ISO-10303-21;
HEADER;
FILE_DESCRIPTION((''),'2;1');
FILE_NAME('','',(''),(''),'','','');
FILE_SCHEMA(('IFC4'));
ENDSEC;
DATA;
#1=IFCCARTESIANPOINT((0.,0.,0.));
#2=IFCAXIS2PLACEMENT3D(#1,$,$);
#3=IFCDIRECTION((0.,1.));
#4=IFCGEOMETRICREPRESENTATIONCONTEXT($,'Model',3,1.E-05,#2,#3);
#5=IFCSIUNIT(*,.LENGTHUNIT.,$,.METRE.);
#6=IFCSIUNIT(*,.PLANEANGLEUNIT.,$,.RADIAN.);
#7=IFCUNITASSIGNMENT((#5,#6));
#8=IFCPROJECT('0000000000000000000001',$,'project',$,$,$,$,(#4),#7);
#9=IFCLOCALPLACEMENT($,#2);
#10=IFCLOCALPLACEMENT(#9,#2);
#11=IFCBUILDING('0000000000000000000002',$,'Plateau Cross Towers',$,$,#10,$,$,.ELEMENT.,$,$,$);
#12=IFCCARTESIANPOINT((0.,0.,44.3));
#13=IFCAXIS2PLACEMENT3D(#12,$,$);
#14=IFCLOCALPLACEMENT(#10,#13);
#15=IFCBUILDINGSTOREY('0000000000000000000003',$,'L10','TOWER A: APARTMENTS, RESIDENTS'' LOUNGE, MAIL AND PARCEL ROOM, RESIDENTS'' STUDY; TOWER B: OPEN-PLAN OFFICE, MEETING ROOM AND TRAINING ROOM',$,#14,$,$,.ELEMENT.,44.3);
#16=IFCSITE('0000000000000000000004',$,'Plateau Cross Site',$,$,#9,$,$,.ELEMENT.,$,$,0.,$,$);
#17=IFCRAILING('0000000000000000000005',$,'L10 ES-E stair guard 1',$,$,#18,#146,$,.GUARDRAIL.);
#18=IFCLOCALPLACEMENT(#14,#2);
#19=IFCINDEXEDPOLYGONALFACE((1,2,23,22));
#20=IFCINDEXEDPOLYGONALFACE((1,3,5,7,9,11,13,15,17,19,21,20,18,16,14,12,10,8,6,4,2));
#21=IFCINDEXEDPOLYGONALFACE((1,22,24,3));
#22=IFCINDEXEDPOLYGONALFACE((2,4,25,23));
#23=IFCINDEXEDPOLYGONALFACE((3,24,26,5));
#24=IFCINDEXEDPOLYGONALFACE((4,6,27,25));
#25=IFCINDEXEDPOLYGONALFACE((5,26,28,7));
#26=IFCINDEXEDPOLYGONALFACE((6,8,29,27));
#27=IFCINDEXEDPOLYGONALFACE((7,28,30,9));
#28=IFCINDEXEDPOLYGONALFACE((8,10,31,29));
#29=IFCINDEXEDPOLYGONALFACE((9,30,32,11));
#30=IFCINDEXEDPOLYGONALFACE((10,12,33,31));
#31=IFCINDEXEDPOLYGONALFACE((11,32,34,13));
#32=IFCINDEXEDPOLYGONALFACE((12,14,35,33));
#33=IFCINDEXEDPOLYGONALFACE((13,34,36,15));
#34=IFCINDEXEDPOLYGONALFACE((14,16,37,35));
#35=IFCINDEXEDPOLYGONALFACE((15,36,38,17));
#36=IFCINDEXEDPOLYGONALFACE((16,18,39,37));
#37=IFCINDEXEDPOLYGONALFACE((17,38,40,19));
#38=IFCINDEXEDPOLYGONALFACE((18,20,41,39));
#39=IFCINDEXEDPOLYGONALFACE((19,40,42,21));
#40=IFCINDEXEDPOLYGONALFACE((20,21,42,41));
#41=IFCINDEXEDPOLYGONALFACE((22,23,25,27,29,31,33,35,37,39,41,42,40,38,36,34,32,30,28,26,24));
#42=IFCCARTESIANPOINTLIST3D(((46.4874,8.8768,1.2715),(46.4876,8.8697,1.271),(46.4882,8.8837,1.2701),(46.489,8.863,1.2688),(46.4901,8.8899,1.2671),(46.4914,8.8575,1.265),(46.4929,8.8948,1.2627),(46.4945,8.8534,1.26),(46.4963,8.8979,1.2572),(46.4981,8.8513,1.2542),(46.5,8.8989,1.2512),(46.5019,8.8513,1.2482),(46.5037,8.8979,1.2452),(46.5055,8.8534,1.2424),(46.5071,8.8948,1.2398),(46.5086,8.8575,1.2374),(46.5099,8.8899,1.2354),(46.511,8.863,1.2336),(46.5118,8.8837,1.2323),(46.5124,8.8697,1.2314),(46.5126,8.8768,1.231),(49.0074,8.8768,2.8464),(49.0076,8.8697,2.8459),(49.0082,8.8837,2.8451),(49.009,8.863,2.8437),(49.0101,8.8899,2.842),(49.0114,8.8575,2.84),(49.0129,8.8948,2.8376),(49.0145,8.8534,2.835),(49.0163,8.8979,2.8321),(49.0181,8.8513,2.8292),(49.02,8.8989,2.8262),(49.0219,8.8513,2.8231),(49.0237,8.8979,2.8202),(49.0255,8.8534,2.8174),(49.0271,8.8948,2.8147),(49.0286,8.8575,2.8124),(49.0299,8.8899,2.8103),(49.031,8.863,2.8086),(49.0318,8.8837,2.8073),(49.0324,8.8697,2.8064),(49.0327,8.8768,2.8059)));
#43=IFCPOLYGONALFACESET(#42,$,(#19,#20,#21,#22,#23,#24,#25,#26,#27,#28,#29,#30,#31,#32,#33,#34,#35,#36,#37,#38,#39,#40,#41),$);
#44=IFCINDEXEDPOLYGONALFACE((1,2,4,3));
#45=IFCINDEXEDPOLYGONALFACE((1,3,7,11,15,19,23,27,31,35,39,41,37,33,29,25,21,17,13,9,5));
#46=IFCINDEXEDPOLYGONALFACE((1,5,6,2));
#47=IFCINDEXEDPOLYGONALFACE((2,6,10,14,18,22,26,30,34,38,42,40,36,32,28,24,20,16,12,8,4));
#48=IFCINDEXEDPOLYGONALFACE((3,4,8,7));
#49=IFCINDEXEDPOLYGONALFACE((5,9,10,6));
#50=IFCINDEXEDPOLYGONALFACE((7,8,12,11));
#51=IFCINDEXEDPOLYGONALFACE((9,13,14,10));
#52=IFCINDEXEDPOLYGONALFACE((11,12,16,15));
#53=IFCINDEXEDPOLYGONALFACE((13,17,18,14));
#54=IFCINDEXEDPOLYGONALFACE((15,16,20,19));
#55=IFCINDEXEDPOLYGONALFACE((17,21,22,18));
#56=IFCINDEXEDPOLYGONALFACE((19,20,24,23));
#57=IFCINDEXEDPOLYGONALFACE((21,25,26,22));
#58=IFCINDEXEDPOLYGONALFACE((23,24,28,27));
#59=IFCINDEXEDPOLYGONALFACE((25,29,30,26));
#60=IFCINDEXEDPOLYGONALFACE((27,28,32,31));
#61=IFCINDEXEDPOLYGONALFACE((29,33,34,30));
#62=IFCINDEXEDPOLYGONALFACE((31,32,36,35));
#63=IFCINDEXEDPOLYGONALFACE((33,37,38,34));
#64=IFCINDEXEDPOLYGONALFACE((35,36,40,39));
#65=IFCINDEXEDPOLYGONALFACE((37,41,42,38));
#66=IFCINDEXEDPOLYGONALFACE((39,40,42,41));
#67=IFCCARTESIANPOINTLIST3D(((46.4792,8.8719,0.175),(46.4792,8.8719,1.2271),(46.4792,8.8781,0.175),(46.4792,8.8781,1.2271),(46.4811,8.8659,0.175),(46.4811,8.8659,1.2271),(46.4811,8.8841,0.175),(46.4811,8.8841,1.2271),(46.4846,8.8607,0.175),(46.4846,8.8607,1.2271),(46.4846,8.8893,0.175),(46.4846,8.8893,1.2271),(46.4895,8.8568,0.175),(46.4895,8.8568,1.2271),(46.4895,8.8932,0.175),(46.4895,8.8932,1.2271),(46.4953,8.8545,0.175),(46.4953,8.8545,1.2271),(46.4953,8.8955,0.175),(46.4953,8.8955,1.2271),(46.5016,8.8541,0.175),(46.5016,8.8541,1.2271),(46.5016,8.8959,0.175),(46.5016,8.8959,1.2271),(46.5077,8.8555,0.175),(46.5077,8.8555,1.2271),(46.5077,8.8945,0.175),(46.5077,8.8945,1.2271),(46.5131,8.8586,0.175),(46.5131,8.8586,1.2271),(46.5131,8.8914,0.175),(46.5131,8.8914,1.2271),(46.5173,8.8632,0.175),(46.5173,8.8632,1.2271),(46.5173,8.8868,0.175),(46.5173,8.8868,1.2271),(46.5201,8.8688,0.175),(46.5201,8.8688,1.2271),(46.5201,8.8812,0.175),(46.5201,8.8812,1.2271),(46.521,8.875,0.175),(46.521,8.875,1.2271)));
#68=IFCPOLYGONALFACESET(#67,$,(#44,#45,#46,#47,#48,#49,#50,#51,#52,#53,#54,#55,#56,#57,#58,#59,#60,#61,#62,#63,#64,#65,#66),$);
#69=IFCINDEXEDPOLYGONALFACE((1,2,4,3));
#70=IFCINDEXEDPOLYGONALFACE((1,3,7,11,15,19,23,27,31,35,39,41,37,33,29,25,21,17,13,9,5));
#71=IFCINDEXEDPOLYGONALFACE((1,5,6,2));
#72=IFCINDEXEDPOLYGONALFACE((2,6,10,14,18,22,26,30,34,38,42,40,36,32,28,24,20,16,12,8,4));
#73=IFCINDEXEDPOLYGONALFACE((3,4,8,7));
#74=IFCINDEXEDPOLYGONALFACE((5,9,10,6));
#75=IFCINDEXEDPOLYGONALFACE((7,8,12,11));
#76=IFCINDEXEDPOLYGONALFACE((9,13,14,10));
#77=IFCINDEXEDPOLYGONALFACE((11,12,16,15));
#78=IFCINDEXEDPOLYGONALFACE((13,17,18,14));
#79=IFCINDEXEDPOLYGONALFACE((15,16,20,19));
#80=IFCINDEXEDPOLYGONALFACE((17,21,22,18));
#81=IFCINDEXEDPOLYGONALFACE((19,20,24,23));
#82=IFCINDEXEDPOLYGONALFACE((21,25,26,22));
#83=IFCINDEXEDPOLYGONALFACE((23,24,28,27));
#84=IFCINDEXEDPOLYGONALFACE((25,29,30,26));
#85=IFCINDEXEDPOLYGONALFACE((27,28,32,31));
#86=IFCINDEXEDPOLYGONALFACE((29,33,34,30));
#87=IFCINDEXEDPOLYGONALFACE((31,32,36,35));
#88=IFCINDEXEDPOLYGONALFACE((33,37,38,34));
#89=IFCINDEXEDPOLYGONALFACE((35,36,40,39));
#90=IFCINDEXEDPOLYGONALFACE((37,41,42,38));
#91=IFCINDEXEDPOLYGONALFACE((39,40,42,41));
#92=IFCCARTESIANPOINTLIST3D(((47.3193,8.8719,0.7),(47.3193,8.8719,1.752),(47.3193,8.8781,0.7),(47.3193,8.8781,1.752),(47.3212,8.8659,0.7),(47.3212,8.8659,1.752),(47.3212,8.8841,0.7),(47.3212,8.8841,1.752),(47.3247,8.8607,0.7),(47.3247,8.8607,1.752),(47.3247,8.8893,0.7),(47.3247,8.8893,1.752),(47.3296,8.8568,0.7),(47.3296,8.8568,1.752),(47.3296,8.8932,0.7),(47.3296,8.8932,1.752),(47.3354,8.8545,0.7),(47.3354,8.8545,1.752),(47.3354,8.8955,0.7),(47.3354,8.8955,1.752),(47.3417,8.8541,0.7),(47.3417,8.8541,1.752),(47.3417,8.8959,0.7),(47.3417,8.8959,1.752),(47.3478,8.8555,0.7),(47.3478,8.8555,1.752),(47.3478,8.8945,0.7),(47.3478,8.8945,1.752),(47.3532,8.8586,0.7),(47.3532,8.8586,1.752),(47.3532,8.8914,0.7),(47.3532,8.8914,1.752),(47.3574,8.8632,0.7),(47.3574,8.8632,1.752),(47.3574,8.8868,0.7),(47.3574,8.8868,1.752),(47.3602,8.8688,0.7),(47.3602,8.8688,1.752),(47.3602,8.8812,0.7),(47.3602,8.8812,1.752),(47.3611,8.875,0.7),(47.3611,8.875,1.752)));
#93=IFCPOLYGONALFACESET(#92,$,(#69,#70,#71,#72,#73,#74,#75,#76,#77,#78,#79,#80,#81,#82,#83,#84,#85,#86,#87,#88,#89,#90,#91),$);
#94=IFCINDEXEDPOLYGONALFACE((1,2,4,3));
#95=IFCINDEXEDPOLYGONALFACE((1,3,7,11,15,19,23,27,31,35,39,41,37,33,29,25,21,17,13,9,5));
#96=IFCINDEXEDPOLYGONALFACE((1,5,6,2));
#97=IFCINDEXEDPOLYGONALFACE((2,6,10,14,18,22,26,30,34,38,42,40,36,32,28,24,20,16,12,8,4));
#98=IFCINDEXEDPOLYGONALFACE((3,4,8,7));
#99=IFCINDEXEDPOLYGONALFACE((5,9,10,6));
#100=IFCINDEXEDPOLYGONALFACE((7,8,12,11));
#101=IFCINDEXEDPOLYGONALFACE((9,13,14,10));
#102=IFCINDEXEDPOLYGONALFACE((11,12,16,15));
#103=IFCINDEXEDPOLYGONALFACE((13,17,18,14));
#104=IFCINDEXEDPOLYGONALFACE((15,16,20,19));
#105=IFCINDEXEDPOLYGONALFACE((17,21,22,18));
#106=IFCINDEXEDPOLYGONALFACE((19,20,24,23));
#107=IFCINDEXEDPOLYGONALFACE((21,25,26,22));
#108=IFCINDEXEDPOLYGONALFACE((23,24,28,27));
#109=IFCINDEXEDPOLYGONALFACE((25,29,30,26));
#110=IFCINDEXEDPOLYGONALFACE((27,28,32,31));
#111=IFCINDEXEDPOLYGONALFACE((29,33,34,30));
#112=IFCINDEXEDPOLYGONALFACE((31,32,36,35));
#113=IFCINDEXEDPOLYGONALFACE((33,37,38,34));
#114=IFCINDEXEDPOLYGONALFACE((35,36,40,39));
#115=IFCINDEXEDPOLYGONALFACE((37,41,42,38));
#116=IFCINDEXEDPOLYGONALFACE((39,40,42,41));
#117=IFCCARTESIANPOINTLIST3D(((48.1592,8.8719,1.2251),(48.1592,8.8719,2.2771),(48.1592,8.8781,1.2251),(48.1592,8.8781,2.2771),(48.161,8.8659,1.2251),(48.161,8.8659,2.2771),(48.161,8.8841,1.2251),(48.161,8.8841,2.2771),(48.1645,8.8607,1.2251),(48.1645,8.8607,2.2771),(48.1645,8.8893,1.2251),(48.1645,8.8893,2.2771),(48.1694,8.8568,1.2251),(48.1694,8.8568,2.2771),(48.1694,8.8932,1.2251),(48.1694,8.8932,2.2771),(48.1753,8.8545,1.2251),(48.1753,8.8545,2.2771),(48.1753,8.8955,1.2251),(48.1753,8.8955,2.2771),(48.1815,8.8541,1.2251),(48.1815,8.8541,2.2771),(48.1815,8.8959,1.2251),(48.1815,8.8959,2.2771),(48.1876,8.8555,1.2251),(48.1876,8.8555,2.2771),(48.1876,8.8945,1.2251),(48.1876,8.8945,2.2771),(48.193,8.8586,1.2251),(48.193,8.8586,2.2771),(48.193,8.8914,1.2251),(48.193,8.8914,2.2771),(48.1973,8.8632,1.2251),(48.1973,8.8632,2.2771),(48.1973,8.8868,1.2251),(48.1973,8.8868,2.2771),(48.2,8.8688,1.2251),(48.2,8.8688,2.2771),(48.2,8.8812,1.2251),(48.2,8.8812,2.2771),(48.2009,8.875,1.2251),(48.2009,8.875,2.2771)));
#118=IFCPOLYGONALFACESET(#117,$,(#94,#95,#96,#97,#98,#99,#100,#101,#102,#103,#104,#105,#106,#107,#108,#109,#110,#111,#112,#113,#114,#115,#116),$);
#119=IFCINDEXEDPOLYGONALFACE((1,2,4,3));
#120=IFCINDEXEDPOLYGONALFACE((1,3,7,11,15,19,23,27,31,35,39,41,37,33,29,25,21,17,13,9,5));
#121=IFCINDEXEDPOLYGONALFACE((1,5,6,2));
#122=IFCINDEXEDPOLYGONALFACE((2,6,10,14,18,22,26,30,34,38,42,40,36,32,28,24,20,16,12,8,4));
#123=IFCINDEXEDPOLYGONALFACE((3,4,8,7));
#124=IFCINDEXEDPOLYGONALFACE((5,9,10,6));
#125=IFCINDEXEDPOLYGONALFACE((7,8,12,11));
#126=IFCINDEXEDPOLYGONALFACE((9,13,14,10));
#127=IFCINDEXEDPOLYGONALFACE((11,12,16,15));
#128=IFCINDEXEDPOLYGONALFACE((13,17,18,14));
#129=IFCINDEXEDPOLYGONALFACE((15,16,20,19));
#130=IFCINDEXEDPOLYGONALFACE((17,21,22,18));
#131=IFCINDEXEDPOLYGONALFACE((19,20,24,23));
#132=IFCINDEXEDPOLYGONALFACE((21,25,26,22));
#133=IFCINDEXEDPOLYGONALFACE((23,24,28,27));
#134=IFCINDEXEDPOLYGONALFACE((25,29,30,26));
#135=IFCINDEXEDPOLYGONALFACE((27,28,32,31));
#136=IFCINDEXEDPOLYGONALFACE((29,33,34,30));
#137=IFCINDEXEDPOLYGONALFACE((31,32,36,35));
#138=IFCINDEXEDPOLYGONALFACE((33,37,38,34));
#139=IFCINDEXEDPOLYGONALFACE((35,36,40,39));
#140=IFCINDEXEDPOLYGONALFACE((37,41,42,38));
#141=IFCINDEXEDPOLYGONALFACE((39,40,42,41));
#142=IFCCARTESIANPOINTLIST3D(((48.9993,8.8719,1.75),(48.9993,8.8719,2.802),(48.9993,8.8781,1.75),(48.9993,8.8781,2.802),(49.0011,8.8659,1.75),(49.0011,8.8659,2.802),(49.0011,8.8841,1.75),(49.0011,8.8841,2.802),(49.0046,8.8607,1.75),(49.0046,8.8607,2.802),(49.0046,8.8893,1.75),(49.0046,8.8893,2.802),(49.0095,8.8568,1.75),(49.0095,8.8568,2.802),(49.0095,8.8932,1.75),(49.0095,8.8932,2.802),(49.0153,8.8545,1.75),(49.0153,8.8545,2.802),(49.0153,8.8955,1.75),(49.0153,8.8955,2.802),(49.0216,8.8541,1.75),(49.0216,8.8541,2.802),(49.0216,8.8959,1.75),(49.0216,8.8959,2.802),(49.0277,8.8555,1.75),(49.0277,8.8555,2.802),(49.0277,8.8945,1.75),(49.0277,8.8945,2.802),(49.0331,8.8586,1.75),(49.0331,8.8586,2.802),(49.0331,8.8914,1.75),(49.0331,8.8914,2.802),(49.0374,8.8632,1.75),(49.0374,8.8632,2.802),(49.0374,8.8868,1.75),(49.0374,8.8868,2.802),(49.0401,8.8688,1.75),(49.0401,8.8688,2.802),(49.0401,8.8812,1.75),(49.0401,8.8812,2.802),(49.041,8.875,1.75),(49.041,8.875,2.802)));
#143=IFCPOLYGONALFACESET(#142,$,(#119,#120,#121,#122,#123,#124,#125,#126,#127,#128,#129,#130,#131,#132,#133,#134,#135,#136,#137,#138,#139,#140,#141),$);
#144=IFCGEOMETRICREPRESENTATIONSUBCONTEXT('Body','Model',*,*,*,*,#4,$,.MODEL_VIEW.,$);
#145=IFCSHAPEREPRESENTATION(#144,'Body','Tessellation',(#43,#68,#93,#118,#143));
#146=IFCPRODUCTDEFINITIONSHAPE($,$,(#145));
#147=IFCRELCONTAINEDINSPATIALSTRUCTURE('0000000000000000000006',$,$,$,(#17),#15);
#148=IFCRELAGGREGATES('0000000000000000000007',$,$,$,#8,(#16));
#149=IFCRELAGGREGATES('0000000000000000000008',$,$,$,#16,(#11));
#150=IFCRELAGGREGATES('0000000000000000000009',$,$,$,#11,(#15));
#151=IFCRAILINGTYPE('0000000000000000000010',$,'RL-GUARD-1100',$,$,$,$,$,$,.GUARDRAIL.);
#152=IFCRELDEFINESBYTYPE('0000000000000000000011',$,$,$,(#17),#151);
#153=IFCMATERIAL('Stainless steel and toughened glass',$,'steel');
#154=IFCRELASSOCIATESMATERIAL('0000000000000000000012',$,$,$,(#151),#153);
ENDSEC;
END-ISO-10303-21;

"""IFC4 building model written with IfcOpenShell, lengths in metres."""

from ifc_helpers import new_model, si_unit, direction, frame, origin, origin_2d, place, context, subcontext, project, spatial, circle, extrude, material, type_object, element, save


model = new_model("IFC4")

# Units and contexts
model_context = context("Model", 3, precision=1e-05, world=origin(), true_north=direction((0.0, 1.0)))
body_context = subcontext(model_context, "Body", "Model", "MODEL_VIEW")
ifc_project = project(units=[si_unit("LENGTHUNIT", "METRE"), si_unit("PLANEANGLEUNIT", "RADIAN")], contexts=[model_context])

# Site, building, storey
site_placement = place(None, origin())
site = spatial("IfcSite", under=ifc_project, at=site_placement, Name="Plateau Cross Site", CompositionType="ELEMENT", RefElevation=0.0)
building_placement = place(site_placement, origin())
building = spatial("IfcBuilding", under=site, at=building_placement, Name="Plateau Cross Towers", CompositionType="ELEMENT")
storey_placement = place(building_placement, frame((0.0, 0.0, 44.3)))
storey = spatial("IfcBuildingStorey", under=building, at=storey_placement, Name="L10", Description="TOWER A: APARTMENTS, RESIDENTS' LOUNGE, MAIL AND PARCEL ROOM, RESIDENTS' STUDY; TOWER B: OPEN-PLAN OFFICE, MEETING ROOM AND TRAINING ROOM", CompositionType="ELEMENT", Elevation=44.3)

# Railing
ifc_material_1 = material(Name="Stainless steel and toughened glass", Category="steel")
railing_type_1 = type_object("IfcRailingType", Name="RL-GUARD-1100", PredefinedType="GUARDRAIL", material=ifc_material_1)
railing_1_placement = place(storey_placement, frame((46.5, 8.875, 0.175)))
element("IfcRailing", 1, at=railing_1_placement, inside=storey, type_object=railing_type_1, Name="L10 ES-E stair guard 1", PredefinedType="GUARDRAIL", context=body_context, shape_type="SweptSolid", body=[
    extrude(circle(Radius=0.0239, at=origin_2d()), frame((0.0, 0.0, 1.0762), z_axis=(0.848008, 0.0, 0.529984), x_axis=(0.0, 1.0, 0.0)), (0.0, 0.0, 1.0), 2.9717),
    extrude(circle(Radius=0.021, at=origin_2d()), origin(), (0.0, 0.0, 1.0), 1.052),
    extrude(circle(Radius=0.021, at=origin_2d()), frame((0.8401, 0.0, 0.5249)), (0.0, 0.0, 1.0), 1.052),
    extrude(circle(Radius=0.021, at=origin_2d()), frame((1.6799, 0.0, 1.05)), (0.0, 0.0, 1.0), 1.052),
    extrude(circle(Radius=0.021, at=origin_2d()), frame((2.52, 0.0, 1.575)), (0.0, 0.0, 1.0), 1.052),
])

save(model, "model.ifc")
